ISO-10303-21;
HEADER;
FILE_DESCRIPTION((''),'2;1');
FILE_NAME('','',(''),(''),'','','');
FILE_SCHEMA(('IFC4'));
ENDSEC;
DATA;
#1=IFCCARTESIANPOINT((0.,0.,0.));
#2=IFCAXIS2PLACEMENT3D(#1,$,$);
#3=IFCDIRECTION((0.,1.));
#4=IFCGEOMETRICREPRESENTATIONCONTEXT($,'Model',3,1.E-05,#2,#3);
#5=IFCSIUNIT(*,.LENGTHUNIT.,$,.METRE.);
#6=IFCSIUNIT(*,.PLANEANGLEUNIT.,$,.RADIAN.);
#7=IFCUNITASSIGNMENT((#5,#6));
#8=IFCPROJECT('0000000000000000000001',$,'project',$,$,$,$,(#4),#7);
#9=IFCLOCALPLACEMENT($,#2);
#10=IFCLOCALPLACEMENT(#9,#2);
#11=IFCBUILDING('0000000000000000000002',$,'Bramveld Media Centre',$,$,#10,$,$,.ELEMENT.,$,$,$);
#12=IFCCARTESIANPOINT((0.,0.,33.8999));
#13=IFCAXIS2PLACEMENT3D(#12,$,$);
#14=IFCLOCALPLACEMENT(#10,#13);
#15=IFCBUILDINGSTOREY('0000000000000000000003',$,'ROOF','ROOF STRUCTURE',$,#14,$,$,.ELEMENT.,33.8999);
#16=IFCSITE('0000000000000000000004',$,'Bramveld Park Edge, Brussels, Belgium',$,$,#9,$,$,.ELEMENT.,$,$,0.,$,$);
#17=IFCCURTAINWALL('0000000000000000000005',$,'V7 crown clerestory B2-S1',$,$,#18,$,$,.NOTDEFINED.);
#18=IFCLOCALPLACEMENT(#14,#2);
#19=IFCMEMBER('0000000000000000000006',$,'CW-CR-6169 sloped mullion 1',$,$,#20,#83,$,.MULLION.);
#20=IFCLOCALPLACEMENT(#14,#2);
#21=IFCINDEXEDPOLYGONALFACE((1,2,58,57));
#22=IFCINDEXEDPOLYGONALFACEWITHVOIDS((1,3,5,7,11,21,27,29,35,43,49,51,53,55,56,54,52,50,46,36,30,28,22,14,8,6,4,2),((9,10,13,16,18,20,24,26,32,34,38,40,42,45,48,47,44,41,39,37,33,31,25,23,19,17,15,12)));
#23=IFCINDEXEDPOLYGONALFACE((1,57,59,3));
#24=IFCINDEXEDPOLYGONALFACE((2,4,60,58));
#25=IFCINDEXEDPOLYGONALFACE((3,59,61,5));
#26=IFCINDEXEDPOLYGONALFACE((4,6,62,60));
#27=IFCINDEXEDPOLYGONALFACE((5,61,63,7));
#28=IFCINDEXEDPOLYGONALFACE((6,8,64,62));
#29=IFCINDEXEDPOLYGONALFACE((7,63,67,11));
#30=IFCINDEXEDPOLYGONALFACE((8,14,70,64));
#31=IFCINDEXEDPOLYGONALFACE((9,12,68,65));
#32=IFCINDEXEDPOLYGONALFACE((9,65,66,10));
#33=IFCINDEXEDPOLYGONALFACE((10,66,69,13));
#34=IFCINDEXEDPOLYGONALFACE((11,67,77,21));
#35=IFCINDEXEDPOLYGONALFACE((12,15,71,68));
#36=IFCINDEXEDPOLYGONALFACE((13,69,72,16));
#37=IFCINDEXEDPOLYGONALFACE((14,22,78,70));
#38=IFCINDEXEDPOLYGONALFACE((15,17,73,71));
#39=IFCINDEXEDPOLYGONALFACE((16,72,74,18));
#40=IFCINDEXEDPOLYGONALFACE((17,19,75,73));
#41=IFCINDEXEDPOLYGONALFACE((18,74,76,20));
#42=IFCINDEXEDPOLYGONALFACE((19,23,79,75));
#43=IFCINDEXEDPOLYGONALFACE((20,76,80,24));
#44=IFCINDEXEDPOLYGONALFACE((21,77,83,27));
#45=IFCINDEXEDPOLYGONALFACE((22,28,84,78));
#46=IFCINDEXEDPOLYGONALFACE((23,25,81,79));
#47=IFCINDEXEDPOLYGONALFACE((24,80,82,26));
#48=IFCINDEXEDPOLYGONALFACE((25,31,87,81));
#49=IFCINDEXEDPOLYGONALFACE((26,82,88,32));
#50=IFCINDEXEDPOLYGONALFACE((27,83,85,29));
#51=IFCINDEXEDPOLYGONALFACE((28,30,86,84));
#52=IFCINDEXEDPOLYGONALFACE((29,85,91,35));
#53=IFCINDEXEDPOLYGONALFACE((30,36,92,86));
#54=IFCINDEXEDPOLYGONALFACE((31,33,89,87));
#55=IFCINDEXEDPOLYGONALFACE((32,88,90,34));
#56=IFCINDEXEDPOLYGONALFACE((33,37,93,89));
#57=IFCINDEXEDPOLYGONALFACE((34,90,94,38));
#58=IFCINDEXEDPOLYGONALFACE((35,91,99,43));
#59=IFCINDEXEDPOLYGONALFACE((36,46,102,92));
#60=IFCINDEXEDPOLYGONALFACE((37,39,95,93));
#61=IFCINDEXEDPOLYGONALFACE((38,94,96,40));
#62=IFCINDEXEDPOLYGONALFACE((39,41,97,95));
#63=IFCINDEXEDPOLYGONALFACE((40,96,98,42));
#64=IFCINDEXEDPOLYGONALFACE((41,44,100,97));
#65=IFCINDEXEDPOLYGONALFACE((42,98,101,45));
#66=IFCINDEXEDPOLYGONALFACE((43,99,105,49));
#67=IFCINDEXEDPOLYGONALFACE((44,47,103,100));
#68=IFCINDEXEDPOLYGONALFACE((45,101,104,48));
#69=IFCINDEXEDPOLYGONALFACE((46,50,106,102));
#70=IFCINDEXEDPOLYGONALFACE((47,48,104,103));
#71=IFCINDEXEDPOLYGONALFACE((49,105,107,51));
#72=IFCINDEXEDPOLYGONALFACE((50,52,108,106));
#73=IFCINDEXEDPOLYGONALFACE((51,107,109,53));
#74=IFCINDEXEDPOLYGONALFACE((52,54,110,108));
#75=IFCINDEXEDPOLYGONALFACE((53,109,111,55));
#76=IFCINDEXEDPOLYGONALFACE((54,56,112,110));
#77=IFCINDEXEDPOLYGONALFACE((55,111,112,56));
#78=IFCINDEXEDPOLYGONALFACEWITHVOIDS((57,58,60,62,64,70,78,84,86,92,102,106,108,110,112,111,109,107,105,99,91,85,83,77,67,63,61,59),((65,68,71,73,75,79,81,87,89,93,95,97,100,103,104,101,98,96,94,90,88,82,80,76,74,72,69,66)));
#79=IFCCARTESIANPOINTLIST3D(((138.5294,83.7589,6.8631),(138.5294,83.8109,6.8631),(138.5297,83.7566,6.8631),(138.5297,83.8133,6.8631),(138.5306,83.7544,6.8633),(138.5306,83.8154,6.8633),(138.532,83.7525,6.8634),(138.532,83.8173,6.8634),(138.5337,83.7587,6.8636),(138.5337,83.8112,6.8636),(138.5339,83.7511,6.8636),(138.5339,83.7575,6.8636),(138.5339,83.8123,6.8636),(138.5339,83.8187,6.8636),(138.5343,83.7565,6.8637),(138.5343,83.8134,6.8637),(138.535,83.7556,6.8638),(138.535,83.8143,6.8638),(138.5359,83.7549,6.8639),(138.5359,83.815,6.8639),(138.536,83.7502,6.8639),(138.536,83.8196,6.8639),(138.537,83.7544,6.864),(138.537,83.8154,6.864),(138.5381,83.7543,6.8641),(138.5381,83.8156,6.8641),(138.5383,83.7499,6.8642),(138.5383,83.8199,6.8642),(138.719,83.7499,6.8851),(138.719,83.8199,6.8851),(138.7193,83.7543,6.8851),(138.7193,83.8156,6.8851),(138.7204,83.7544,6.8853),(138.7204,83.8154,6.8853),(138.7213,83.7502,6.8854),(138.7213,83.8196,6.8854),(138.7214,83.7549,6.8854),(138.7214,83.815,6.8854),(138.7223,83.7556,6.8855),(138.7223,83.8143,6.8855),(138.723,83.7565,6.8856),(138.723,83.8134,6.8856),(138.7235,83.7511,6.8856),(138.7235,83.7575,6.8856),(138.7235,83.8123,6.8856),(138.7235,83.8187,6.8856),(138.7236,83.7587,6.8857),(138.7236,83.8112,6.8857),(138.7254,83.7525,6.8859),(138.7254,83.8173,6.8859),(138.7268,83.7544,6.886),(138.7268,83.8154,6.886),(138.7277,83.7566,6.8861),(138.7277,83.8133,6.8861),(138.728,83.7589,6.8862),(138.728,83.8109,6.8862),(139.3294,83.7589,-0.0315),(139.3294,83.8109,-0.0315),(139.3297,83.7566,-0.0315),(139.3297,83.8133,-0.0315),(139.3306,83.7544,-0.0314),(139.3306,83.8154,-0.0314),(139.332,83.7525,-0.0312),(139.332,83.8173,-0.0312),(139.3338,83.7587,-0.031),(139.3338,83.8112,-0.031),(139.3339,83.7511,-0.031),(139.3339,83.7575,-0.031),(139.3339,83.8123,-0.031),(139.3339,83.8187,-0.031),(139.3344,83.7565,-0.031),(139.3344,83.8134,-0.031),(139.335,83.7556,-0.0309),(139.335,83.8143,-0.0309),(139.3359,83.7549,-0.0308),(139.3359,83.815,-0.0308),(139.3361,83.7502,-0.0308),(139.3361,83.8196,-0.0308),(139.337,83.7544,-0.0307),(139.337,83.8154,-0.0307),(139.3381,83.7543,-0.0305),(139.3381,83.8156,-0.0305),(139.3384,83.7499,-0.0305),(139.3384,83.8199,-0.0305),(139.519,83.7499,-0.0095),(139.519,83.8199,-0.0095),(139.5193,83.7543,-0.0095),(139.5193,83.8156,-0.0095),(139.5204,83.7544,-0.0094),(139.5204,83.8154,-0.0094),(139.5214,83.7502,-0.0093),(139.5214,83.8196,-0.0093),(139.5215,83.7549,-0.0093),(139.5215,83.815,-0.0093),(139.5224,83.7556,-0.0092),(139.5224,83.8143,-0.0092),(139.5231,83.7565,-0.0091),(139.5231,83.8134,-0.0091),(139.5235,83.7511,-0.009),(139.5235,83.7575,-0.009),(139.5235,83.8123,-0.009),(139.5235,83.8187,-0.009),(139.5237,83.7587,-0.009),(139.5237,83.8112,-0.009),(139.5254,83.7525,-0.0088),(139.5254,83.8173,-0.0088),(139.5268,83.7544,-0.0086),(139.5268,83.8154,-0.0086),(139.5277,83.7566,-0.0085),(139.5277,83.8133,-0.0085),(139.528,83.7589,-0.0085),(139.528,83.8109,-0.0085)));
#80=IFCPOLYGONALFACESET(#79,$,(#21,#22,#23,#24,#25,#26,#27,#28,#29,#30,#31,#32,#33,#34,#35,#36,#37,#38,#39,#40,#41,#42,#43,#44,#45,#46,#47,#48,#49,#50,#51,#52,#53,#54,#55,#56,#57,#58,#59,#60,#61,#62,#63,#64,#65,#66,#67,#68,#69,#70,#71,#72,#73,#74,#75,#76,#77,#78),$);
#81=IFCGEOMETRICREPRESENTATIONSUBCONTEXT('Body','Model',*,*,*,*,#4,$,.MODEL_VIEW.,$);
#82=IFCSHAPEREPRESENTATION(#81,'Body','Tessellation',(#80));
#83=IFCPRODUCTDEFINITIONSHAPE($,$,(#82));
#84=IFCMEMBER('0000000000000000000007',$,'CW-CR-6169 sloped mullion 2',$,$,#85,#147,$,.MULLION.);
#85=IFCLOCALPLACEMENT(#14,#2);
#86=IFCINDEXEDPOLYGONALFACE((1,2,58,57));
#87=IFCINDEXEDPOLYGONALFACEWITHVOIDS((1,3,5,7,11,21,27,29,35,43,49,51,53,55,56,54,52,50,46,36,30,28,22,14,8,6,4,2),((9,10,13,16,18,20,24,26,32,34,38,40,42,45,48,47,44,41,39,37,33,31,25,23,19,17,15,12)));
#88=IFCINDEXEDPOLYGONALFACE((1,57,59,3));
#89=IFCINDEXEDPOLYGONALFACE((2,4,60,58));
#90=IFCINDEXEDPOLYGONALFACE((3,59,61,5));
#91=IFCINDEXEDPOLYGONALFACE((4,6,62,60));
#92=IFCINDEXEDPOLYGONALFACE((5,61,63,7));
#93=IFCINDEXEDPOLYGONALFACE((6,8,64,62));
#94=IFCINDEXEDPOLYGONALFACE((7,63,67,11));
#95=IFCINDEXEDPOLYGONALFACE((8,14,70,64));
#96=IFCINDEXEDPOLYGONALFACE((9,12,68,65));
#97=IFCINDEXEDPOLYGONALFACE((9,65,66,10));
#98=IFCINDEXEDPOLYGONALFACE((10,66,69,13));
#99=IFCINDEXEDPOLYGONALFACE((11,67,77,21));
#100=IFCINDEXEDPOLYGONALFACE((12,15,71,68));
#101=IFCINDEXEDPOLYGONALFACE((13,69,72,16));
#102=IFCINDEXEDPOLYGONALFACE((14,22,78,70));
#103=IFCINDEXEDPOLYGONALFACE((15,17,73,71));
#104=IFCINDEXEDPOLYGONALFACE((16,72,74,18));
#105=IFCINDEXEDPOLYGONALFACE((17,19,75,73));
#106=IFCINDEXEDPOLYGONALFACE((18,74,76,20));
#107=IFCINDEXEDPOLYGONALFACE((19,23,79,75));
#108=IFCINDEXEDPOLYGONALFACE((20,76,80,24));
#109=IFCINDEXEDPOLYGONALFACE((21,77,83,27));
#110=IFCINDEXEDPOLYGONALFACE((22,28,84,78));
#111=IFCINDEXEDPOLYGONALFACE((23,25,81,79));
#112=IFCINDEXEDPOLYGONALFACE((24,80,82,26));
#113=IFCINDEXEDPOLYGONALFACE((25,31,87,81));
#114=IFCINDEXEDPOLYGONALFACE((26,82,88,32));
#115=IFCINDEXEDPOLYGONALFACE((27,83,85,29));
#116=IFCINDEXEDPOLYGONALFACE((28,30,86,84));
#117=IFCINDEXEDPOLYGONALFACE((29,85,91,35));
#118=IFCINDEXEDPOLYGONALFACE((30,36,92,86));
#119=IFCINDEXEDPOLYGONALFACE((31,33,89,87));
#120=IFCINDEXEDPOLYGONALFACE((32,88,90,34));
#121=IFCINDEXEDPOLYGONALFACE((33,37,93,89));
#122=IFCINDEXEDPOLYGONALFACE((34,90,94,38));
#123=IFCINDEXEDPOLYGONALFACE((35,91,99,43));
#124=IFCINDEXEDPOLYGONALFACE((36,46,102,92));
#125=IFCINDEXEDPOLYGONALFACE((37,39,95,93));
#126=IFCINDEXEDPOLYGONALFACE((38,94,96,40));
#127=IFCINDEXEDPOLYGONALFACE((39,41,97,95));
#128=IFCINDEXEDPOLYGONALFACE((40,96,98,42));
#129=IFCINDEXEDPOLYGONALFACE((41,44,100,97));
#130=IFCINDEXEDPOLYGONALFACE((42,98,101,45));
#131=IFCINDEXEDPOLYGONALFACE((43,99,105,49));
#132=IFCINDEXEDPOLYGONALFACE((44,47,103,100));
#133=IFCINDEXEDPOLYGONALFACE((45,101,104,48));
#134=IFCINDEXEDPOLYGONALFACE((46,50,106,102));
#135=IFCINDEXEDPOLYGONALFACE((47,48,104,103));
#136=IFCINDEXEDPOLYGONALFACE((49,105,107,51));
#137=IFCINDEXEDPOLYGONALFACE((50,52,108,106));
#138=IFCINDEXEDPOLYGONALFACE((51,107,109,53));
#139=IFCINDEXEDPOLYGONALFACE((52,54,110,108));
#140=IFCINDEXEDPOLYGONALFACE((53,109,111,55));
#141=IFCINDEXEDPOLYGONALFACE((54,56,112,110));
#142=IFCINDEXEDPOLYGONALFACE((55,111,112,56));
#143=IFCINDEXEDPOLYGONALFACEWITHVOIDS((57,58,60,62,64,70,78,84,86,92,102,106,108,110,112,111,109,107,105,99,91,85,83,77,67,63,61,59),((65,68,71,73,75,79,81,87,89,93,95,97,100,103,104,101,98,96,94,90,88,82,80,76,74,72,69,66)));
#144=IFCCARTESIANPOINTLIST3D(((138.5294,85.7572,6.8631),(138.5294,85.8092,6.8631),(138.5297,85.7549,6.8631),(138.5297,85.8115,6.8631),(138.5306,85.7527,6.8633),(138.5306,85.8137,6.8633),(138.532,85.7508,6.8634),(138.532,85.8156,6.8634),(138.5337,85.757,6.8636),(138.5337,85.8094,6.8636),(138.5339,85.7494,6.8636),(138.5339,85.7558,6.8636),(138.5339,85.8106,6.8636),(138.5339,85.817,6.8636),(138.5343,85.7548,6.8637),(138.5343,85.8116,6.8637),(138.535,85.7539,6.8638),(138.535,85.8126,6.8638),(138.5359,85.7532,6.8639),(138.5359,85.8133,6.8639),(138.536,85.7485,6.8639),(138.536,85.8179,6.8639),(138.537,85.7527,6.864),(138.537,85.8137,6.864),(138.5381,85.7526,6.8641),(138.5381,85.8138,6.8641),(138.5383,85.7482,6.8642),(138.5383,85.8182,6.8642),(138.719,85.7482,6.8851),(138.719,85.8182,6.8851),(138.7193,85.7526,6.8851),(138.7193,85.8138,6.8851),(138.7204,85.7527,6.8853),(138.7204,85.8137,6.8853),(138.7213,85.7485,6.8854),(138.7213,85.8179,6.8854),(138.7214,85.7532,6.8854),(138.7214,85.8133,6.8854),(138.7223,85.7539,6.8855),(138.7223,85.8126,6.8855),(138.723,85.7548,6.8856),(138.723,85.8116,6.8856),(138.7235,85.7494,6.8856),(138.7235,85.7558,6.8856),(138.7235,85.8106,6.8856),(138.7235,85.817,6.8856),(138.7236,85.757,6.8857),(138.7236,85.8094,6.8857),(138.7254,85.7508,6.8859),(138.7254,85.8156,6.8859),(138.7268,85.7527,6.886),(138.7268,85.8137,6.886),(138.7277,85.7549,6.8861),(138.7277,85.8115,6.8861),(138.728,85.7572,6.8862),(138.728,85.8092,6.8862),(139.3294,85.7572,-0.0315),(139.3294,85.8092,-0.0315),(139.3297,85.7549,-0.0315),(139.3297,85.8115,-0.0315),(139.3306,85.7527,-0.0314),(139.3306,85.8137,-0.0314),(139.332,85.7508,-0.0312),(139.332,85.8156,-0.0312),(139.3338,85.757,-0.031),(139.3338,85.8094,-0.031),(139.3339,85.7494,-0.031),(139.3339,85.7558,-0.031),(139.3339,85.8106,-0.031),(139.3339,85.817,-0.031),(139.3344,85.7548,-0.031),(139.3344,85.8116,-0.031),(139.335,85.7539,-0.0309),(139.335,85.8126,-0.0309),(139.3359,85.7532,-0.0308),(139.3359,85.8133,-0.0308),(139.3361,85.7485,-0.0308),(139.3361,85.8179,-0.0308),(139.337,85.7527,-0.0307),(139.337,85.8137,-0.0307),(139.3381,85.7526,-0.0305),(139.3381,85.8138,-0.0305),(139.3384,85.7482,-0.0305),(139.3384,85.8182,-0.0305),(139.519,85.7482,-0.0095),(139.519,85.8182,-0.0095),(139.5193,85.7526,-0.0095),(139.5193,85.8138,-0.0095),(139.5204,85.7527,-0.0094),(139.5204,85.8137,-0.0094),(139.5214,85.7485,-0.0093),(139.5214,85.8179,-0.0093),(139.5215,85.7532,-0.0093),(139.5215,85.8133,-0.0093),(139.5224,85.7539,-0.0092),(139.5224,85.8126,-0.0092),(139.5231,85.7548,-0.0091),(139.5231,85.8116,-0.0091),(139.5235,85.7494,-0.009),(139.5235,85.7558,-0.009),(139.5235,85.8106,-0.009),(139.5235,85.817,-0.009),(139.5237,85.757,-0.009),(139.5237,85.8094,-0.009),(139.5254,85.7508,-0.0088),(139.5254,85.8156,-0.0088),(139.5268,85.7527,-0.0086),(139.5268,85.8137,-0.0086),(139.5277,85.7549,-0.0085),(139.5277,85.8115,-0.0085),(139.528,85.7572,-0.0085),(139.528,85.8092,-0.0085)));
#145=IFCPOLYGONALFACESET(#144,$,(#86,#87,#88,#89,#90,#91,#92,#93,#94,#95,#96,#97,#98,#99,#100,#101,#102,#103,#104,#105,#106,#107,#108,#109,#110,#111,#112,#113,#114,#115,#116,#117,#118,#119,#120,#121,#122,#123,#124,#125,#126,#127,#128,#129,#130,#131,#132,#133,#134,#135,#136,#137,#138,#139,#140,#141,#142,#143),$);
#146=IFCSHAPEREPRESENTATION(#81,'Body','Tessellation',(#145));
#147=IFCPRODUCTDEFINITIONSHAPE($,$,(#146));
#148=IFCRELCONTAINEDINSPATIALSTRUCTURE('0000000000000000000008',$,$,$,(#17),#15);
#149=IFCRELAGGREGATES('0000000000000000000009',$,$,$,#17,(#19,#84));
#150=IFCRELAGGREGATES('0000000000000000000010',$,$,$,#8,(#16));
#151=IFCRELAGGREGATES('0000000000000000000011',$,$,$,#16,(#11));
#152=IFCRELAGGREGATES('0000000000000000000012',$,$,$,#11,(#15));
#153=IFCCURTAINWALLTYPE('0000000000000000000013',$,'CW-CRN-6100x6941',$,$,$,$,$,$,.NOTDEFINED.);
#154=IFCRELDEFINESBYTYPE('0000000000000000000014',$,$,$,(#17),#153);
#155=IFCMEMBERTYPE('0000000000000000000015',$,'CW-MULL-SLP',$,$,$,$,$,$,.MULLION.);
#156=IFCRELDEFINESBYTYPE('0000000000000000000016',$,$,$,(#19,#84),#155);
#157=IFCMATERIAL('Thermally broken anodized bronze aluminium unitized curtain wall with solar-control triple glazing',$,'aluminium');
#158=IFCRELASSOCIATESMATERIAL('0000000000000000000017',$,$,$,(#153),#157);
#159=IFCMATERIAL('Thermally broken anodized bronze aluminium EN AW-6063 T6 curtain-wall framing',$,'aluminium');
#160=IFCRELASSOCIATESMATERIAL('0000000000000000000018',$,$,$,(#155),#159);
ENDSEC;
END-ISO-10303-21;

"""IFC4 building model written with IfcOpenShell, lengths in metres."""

from ifc_helpers import new_model, si_unit, direction, frame, origin, origin_2d, place, context, subcontext, project, spatial, hollow_rectangle, extrude, material, material_profile, profile_set, type_object, element, aggregate, save


model = new_model("IFC4")

# Units and contexts
model_context = context("Model", 3, precision=1e-05, world=origin(), true_north=direction((0.0, 1.0)))
body_context = subcontext(model_context, "Body", "Model", "MODEL_VIEW")
ifc_project = project(units=[si_unit("LENGTHUNIT", "METRE"), si_unit("PLANEANGLEUNIT", "RADIAN")], contexts=[model_context])

# Site, building, storey
site_placement = place(None, origin())
site = spatial("IfcSite", under=ifc_project, at=site_placement, Name="Bramveld Park Edge, Brussels, Belgium", CompositionType="ELEMENT", RefElevation=0.0)
building_placement = place(site_placement, origin())
building = spatial("IfcBuilding", under=site, at=building_placement, Name="Bramveld Media Centre", CompositionType="ELEMENT")
storey_placement = place(building_placement, frame((0.0, 0.0, 33.8999)))
storey = spatial("IfcBuildingStorey", under=building, at=storey_placement, Name="ROOF", Description="ROOF STRUCTURE", CompositionType="ELEMENT", Elevation=33.8999)

# Curtain wall, members
ifc_material_1 = material(Name="Thermally broken anodized bronze aluminium unitized curtain wall with solar-control triple glazing", Category="aluminium")
curtain_wall_type = type_object("IfcCurtainWallType", Name="CW-CRN-6100x6941", PredefinedType="NOTDEFINED", material=ifc_material_1)
curtain_wall_1_placement = place(storey_placement, origin())
curtain_wall_1 = element("IfcCurtainWall", 1, at=curtain_wall_1_placement, inside=storey, type_object=curtain_wall_type, Name="V7 crown clerestory B2-S1", PredefinedType="NOTDEFINED")
ifc_material_2 = material(Name="Thermally broken anodized bronze aluminium EN AW-6063 T6 curtain-wall framing", Category="aluminium")
ifc_material_profile_1 = material_profile(ifc_material_2, hollow_rectangle(XDim=0.0701, YDim=0.2, WallThickness=0.0044, InnerFilletRadius=0.0044, OuterFilletRadius=0.009, at=origin_2d()), Name="AL-MULL 70x200")
ifc_profile_set_1 = profile_set([ifc_material_profile_1], Name="Thermally broken anodized bronze aluminium EN AW-6063 T6 curtain-wall framing")
member_type_1 = type_object("IfcMemberType", Name="CW-MULL-SLP", PredefinedType="MULLION", material=ifc_profile_set_1)
member_1_placement = place(storey_placement, frame((139.4287, 83.7849, -0.02), z_axis=(-0.115264, 0.0, 0.993335), x_axis=(0.0, -1.0, 0.0)))
member_1 = element("IfcMember", 2, at=member_1_placement, type_object=member_type_1, Name="CW-CR-6169 sloped mullion 1", PredefinedType="MULLION", context=body_context, shape_type="SweptSolid", body=[
    extrude(hollow_rectangle(XDim=0.0701, YDim=0.2, WallThickness=0.0044, InnerFilletRadius=0.0044, OuterFilletRadius=0.009, at=origin_2d()), origin(), (0.0, 0.0, 1.0), 6.9409),
])
member_2_placement = place(storey_placement, frame((139.4287, 85.7832, -0.02), z_axis=(-0.115264, 0.0, 0.993335), x_axis=(0.0, -1.0, 0.0)))
member_2 = element("IfcMember", 3, at=member_2_placement, type_object=member_type_1, Name="CW-CR-6169 sloped mullion 2", PredefinedType="MULLION", context=body_context, shape_type="SweptSolid", body=[
    extrude(hollow_rectangle(XDim=0.0701, YDim=0.2, WallThickness=0.0044, InnerFilletRadius=0.0044, OuterFilletRadius=0.009, at=origin_2d()), origin(), (0.0, 0.0, 1.0), 6.9409),
])
aggregate(curtain_wall_1, [member_1, member_2])

save(model, "model.ifc")
